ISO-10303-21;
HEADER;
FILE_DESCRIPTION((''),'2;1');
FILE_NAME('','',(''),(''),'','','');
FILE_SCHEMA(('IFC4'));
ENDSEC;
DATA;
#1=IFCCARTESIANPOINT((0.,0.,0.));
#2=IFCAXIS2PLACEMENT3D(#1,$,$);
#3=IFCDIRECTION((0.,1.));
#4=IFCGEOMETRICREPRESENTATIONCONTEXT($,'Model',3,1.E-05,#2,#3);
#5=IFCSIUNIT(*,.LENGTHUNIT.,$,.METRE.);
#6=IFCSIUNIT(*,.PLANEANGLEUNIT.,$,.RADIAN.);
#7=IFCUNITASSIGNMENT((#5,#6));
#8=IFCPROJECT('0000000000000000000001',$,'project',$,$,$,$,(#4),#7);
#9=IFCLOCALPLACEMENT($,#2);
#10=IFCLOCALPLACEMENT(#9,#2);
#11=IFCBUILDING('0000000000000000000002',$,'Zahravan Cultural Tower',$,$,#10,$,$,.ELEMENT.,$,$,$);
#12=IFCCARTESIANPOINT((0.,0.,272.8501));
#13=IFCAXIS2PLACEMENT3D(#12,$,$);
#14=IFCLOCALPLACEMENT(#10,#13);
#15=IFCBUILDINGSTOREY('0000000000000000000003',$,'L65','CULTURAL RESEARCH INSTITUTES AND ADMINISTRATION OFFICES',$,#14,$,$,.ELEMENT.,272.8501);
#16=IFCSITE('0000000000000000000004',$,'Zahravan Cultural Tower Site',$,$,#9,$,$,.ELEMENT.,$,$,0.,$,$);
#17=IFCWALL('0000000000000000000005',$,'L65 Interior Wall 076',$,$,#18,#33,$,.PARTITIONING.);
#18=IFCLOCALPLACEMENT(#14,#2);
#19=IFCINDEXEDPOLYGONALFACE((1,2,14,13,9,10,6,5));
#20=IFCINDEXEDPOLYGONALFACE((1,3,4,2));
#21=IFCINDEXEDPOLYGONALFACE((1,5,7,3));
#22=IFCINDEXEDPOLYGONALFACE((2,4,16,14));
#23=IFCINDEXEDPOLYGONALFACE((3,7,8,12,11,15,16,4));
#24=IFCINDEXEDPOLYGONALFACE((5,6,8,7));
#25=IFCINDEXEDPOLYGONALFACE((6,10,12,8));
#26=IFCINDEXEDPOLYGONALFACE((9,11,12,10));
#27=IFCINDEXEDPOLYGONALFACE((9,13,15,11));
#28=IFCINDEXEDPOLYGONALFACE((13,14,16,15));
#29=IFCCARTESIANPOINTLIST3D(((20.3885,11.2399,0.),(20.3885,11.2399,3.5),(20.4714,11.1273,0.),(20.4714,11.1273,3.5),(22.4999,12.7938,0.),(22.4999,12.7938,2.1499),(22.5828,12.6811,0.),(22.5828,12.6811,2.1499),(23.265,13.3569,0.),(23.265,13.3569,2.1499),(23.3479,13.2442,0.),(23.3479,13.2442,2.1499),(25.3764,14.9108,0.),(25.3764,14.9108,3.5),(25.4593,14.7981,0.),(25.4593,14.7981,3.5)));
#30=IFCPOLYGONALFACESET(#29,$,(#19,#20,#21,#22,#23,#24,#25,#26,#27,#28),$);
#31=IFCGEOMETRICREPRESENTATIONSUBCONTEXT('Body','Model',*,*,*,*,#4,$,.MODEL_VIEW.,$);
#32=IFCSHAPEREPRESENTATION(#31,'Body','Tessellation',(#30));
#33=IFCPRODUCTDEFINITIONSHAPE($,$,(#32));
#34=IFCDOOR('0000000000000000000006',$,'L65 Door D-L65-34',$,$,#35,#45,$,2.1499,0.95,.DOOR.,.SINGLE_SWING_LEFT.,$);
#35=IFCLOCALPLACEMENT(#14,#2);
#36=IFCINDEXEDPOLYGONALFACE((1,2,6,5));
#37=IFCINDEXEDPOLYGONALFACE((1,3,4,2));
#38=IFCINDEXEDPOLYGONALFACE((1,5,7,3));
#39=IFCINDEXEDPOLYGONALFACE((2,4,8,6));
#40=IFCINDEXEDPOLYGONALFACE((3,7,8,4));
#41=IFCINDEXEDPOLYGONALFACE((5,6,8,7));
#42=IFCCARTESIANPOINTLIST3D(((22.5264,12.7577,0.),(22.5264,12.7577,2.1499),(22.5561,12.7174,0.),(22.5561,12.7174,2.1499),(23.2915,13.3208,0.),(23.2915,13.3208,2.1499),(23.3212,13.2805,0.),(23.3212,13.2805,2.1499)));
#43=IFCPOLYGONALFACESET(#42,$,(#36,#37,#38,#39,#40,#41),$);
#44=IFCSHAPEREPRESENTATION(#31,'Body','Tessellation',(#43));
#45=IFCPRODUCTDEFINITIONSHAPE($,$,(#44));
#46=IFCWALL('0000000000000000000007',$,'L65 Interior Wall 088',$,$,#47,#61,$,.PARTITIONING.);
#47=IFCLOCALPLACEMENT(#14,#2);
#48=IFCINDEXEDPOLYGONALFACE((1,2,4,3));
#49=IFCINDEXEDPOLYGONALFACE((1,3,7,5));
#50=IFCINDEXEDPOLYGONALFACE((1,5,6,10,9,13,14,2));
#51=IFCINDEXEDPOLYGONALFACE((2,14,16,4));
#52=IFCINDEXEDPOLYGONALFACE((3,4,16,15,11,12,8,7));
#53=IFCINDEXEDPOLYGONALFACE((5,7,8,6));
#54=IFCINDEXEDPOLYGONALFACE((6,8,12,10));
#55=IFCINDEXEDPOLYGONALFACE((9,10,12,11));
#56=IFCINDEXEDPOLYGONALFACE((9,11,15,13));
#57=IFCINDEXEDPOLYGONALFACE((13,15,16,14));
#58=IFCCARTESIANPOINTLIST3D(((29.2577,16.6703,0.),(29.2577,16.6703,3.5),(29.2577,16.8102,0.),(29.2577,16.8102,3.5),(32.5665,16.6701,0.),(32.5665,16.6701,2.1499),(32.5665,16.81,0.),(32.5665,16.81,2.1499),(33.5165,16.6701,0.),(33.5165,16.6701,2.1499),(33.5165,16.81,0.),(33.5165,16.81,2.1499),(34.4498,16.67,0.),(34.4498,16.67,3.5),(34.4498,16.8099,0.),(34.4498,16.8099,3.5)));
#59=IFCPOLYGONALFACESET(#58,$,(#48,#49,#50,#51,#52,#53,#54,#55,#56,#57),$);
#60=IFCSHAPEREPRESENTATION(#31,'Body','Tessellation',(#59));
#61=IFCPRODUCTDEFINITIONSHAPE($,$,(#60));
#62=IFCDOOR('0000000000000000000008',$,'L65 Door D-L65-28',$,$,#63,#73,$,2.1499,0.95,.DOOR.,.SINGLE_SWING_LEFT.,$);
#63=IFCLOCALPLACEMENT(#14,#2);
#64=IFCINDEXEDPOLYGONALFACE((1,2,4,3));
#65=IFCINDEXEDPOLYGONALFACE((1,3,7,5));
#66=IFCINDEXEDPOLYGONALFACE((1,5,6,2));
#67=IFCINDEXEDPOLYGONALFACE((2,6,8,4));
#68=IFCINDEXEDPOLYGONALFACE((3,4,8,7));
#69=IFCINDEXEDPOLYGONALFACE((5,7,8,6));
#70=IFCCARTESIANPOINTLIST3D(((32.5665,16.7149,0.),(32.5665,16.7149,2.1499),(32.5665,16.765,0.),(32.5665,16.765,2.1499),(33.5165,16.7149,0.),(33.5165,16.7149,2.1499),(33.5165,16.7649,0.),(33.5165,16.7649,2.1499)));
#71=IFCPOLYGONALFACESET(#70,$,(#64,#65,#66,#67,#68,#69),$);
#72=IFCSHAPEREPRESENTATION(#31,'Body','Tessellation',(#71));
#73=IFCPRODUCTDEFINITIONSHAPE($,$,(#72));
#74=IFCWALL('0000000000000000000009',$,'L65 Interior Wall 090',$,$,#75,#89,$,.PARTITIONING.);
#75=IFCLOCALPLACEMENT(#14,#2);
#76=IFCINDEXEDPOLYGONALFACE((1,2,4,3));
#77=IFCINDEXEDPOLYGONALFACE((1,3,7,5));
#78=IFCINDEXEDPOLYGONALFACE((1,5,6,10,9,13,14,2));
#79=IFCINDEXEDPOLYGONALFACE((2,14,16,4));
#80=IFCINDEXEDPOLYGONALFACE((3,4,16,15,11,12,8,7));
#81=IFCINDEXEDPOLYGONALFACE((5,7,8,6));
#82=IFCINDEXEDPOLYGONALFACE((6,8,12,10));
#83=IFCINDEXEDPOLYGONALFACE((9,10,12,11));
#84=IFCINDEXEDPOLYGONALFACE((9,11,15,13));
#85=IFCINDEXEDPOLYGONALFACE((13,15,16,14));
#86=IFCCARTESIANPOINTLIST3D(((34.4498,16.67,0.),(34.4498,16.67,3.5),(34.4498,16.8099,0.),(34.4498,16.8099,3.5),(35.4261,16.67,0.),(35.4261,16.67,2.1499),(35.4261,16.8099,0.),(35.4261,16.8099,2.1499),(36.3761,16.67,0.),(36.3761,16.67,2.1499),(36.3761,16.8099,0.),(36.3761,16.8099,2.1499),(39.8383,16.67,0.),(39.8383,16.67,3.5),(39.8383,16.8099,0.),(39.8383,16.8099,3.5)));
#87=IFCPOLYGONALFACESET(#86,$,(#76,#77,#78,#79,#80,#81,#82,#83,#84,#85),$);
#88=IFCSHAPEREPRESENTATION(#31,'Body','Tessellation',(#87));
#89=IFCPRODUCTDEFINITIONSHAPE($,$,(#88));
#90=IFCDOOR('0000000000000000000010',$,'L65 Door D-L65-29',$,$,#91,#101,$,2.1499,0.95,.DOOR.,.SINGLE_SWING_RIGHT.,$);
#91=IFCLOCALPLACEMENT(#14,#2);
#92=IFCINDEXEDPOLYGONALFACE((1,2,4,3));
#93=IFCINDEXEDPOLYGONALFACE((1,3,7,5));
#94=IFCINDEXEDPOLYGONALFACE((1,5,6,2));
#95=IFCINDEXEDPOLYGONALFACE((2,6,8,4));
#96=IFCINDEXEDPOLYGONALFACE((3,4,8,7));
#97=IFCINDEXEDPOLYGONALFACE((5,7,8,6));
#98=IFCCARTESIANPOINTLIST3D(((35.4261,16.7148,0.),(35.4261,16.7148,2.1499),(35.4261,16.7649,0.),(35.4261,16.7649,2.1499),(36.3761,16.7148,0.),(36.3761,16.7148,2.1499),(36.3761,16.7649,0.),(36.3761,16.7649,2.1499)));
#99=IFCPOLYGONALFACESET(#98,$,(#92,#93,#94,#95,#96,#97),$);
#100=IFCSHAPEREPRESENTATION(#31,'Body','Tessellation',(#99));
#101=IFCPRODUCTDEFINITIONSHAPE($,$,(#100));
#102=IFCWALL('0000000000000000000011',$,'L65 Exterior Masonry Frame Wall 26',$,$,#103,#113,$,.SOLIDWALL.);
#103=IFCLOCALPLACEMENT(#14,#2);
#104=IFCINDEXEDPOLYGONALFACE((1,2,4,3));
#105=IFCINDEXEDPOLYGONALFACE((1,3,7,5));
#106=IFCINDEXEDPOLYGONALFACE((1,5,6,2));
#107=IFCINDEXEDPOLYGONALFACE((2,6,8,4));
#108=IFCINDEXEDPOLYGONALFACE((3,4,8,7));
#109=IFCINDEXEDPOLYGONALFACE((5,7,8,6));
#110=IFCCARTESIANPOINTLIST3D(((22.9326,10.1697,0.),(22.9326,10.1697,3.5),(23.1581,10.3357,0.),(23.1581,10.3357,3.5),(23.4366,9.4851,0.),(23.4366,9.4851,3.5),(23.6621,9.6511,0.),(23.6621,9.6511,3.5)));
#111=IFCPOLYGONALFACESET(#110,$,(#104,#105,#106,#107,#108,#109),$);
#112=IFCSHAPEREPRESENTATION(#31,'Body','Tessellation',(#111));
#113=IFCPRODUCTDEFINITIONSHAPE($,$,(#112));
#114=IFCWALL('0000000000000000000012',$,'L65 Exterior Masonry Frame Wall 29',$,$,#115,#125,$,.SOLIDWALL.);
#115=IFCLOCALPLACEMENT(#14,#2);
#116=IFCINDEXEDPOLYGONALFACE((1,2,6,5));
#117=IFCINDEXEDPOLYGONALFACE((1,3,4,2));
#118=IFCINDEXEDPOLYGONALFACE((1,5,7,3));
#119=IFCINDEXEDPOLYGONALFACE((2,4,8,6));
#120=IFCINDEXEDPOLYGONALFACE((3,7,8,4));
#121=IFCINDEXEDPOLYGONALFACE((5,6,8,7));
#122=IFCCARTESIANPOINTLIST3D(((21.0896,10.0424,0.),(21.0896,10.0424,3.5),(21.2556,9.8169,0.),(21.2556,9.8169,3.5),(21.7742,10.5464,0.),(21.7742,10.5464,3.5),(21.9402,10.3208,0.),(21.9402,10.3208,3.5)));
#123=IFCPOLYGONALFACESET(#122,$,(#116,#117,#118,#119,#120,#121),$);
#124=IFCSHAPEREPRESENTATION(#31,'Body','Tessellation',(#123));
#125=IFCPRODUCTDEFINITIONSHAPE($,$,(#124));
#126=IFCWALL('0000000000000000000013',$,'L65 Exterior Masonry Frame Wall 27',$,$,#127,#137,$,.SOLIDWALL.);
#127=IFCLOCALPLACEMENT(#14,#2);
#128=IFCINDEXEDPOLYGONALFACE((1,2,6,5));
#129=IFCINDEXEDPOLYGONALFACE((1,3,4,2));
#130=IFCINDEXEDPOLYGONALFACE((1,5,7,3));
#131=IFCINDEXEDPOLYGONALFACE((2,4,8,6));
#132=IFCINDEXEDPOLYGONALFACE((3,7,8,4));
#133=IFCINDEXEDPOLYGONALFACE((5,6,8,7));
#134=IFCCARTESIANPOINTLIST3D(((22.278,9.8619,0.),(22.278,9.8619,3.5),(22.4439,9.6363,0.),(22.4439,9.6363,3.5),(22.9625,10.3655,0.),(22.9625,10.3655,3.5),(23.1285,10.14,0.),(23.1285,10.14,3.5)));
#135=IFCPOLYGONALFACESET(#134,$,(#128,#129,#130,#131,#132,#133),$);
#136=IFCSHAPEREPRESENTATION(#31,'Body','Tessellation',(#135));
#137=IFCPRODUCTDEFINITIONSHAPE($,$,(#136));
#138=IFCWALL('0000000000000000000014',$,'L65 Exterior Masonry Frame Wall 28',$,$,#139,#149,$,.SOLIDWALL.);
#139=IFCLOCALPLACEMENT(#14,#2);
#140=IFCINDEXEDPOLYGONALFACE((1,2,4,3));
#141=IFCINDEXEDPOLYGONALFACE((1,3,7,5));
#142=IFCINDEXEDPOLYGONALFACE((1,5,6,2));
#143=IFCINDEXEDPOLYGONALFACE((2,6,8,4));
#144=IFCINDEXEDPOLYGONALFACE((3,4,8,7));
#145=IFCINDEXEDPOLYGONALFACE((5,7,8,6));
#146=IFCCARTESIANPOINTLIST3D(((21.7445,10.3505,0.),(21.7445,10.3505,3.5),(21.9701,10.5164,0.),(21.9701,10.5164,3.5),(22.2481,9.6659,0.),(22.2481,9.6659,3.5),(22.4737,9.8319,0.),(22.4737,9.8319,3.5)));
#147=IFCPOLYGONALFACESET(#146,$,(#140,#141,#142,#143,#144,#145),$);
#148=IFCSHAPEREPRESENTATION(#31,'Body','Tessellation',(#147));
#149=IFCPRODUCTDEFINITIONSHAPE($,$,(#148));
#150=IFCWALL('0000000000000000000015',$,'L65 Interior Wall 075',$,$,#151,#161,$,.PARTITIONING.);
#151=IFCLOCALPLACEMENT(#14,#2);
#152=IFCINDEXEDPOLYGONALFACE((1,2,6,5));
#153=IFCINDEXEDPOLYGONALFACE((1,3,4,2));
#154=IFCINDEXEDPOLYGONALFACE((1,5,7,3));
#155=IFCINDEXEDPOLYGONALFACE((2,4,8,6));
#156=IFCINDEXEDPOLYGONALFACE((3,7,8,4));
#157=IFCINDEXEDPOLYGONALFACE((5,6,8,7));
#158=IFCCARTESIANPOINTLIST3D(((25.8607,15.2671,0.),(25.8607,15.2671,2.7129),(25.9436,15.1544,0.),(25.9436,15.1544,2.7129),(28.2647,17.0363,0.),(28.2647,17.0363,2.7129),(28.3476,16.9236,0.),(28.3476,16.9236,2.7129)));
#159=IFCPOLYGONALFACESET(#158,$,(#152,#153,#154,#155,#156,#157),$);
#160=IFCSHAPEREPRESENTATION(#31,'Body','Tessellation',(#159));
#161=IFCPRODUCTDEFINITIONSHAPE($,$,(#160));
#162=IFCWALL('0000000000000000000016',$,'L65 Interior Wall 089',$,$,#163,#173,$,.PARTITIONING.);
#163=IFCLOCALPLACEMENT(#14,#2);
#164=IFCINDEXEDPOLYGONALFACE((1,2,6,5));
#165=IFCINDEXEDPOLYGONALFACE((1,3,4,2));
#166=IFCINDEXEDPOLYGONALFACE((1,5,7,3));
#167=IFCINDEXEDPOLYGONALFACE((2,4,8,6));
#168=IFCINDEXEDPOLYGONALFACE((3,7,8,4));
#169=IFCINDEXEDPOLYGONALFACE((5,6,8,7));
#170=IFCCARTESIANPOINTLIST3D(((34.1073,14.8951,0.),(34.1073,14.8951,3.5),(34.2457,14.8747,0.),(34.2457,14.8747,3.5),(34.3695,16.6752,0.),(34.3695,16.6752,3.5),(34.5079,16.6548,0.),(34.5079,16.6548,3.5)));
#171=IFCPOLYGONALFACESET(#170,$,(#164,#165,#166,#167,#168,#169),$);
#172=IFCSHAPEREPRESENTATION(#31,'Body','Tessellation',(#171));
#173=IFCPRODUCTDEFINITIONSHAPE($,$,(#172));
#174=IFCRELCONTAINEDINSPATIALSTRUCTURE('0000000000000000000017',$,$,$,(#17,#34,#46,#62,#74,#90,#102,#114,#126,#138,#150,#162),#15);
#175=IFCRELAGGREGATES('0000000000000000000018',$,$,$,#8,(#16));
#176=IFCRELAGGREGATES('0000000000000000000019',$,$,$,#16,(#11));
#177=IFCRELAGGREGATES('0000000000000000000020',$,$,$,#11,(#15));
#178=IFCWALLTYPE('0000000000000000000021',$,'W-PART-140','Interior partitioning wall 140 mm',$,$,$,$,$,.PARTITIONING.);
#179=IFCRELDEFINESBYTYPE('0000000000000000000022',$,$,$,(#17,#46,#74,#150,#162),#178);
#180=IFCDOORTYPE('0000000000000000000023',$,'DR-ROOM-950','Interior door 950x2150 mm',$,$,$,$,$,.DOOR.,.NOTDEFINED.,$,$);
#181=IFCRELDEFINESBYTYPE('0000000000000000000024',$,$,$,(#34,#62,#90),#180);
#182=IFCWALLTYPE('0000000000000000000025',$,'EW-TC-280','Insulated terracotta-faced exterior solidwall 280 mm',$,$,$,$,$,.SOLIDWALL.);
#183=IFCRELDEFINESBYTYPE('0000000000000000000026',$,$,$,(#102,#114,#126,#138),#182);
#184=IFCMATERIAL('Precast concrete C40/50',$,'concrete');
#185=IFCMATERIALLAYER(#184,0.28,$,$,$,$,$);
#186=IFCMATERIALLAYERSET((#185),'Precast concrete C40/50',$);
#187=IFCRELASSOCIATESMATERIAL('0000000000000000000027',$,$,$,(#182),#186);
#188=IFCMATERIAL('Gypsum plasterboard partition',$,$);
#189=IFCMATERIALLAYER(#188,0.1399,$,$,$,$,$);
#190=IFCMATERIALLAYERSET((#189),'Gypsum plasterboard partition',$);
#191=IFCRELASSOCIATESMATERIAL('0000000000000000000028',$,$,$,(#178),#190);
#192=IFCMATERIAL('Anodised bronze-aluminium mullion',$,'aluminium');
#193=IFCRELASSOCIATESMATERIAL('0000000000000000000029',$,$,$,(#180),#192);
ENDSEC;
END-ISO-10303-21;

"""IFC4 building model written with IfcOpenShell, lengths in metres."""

from ifc_helpers import new_model, si_unit, direction, frame, frame_2d, origin, place, context, subcontext, project, spatial, rectangle, extrude, source, transform, mapped, material, layer, layer_set, type_object, element, fill, save


model = new_model("IFC4")

# Units and contexts
model_context = context("Model", 3, precision=1e-05, world=origin(), true_north=direction((0.0, 1.0)))
body_context = subcontext(model_context, "Body", "Model", "MODEL_VIEW")
ifc_project = project(units=[si_unit("LENGTHUNIT", "METRE"), si_unit("PLANEANGLEUNIT", "RADIAN")], contexts=[model_context])

# Site, building, storey
site_placement = place(None, origin())
site = spatial("IfcSite", under=ifc_project, at=site_placement, Name="Zahravan Cultural Tower Site", CompositionType="ELEMENT", RefElevation=0.0)
building_placement = place(site_placement, origin())
building = spatial("IfcBuilding", under=site, at=building_placement, Name="Zahravan Cultural Tower", CompositionType="ELEMENT")
storey_placement = place(building_placement, frame((0.0, 0.0, 272.8501)))
storey = spatial("IfcBuildingStorey", under=building, at=storey_placement, Name="L65", Description="CULTURAL RESEARCH INSTITUTES AND ADMINISTRATION OFFICES", CompositionType="ELEMENT", Elevation=272.8501)

# Shared definitions
ifc_material_1 = material(Name="Precast concrete C40/50", Category="concrete")
ifc_layer_1 = layer(ifc_material_1, 0.28)
ifc_layer_set_1 = layer_set([ifc_layer_1], Name="Precast concrete C40/50")
wall_type_1 = type_object("IfcWallType", Name="EW-TC-280", Description="Insulated terracotta-faced exterior solidwall 280 mm", PredefinedType="SOLIDWALL", material=ifc_layer_set_1)

# Walls, openings, doors
ifc_material_2 = material(Name="Gypsum plasterboard partition")
ifc_layer_2 = layer(ifc_material_2, 0.1399)
ifc_layer_set_2 = layer_set([ifc_layer_2], Name="Gypsum plasterboard partition")
wall_type_2 = type_object("IfcWallType", Name="W-PART-140", Description="Interior partitioning wall 140 mm", PredefinedType="PARTITIONING", material=ifc_layer_set_2)
wall_1_placement = place(storey_placement, frame((25.418, 14.8545, 0.0), z_axis=(0.0, 0.0, 1.0), x_axis=(-0.805402, -0.592728, 0.0)))
wall_1 = element("IfcWall", 1, at=wall_1_placement, inside=storey, type_object=wall_type_2, Name="L65 Interior Wall 076", PredefinedType="PARTITIONING", context=body_context, shape_type="SweptSolid", body=[
    extrude(rectangle(XDim=6.1931, YDim=0.1399, at=frame_2d((3.0967, 0.0))), origin(), (0.0, 0.0, 1.0), 3.5),
])
opening_1_placement = place(wall_1_placement, frame((2.6216, 0.0, 0.0)))
opening_1 = element("IfcOpeningElement", 2, at=opening_1_placement, cuts=wall_1, PredefinedType="OPENING", context=body_context, shape_type="SweptSolid", body=[
    extrude(rectangle(XDim=0.95, YDim=2.1499, at=frame_2d((0.4751, 1.075))), frame((0.0, 0.0798, 0.0), z_axis=(0.0, -1.0, 0.0), x_axis=(1.0, 0.0, 0.0)), (0.0, 0.0, 1.0), 0.1599),
])
ifc_material_3 = material(Name="Anodised bronze-aluminium mullion", Category="aluminium")
door_type = type_object("IfcDoorType", Name="DR-ROOM-950", Description="Interior door 950x2150 mm", OperationType="NOTDEFINED", PredefinedType="DOOR", material=ifc_material_3)
shared_shape_1 = source(origin(), body_context, "Body", "SweptSolid", [
    extrude(rectangle(XDim=0.95, YDim=2.1499, at=frame_2d((0.4751, 1.075))), frame((0.0, 0.0249, 0.0), z_axis=(0.0, -1.0, 0.0), x_axis=(1.0, 0.0, 0.0)), (0.0, 0.0, 1.0), 0.05),
])
door_1_placement = place(opening_1_placement, origin())
door_1 = element("IfcDoor", 3, at=door_1_placement, inside=storey, type_object=door_type, Name="L65 Door D-L65-34", OperationType="SINGLE_SWING_LEFT", OverallHeight=2.1499, OverallWidth=0.95, PredefinedType="DOOR", context=body_context, shape_type="MappedRepresentation", body=[
    mapped(shared_shape_1, transform((0.0, 0.0, 0.0), x_axis=(1.0, 0.0, 0.0), y_axis=(0.0, 1.0, 0.0), z_axis=(0.0, 0.0, 1.0), scale=1.0)),
])
fill(opening_1, door_1)
wall_2_placement = place(storey_placement, frame((29.2576, 16.7402, 0.0), z_axis=(0.0, 0.0, 1.0), x_axis=(1.0, -0.000047, 0.0)))
wall_2 = element("IfcWall", 4, at=wall_2_placement, inside=storey, type_object=wall_type_2, Name="L65 Interior Wall 088", PredefinedType="PARTITIONING", context=body_context, shape_type="SweptSolid", body=[
    extrude(rectangle(XDim=5.1921, YDim=0.1399, at=frame_2d((2.5962, 0.0))), origin(), (0.0, 0.0, 1.0), 3.5),
])
opening_2_placement = place(wall_2_placement, frame((3.3088, 0.0, 0.0)))
opening_2 = element("IfcOpeningElement", 5, at=opening_2_placement, cuts=wall_2, PredefinedType="OPENING", context=body_context, shape_type="SweptSolid", body=[
    extrude(rectangle(XDim=0.95, YDim=2.1499, at=frame_2d((0.4751, 1.075))), frame((0.0, 0.0798, 0.0), z_axis=(0.0, -1.0, 0.0), x_axis=(1.0, 0.0, 0.0)), (0.0, 0.0, 1.0), 0.1599),
])
door_2_placement = place(opening_2_placement, origin())
door_2 = element("IfcDoor", 6, at=door_2_placement, inside=storey, type_object=door_type, Name="L65 Door D-L65-28", OperationType="SINGLE_SWING_LEFT", OverallHeight=2.1499, OverallWidth=0.95, PredefinedType="DOOR", context=body_context, shape_type="MappedRepresentation", body=[
    mapped(shared_shape_1, transform((0.0, 0.0, 0.0), x_axis=(1.0, 0.0, 0.0), y_axis=(0.0, 1.0, 0.0), z_axis=(0.0, 0.0, 1.0), scale=1.0)),
])
fill(opening_2, door_2)
wall_3_placement = place(storey_placement, frame((34.4497, 16.74, 0.0), z_axis=(0.0, 0.0, 1.0), x_axis=(1.0, 0.0, 0.0)))
wall_3 = element("IfcWall", 7, at=wall_3_placement, inside=storey, type_object=wall_type_2, Name="L65 Interior Wall 090", PredefinedType="PARTITIONING", context=body_context, shape_type="SweptSolid", body=[
    extrude(rectangle(XDim=5.3884, YDim=0.1399, at=frame_2d((2.6943, 0.0))), origin(), (0.0, 0.0, 1.0), 3.5),
])
opening_3_placement = place(wall_3_placement, frame((0.9763, 0.0, 0.0)))
opening_3 = element("IfcOpeningElement", 8, at=opening_3_placement, cuts=wall_3, PredefinedType="OPENING", context=body_context, shape_type="SweptSolid", body=[
    extrude(rectangle(XDim=0.95, YDim=2.1499, at=frame_2d((0.4751, 1.075))), frame((0.0, 0.0798, 0.0), z_axis=(0.0, -1.0, 0.0), x_axis=(1.0, 0.0, 0.0)), (0.0, 0.0, 1.0), 0.1599),
])
door_3_placement = place(opening_3_placement, origin())
door_3 = element("IfcDoor", 9, at=door_3_placement, inside=storey, type_object=door_type, Name="L65 Door D-L65-29", OperationType="SINGLE_SWING_RIGHT", OverallHeight=2.1499, OverallWidth=0.95, PredefinedType="DOOR", context=body_context, shape_type="MappedRepresentation", body=[
    mapped(shared_shape_1, transform((0.0, 0.0, 0.0), x_axis=(1.0, 0.0, 0.0), y_axis=(0.0, 1.0, 0.0), z_axis=(0.0, 0.0, 1.0), scale=1.0)),
])
fill(opening_3, door_3)

# Walls
shared_shape_2 = source(origin(), body_context, "Body", "SweptSolid", [
    extrude(rectangle(XDim=0.8501, YDim=0.28, at=frame_2d((0.425, 0.0))), origin(), (0.0, 0.0, 1.0), 3.5),
])
for number, where, z_axis, x_axis, name in (
    (10, (23.5493, 9.5681, 0.0), (0.0, 0.0, 1.0), (-0.592807, 0.805345, 0.0), "L65 Exterior Masonry Frame Wall 26"),
    (11, (21.8572, 10.4336, 0.0), (0.0, 0.0, 1.0), (-0.805345, -0.592807, 0.0), "L65 Exterior Masonry Frame Wall 29"),
):
    element("IfcWall", number, at=place(storey_placement, frame(where, z_axis=z_axis, x_axis=x_axis)), inside=storey, type_object=wall_type_1, Name=name, PredefinedType="SOLIDWALL", context=body_context, shape_type="MappedRepresentation", body=[
        mapped(shared_shape_2, transform((0.0, 0.0, 0.0), x_axis=(1.0, 0.0, 0.0), y_axis=(0.0, 1.0, 0.0), z_axis=(0.0, 0.0, 1.0), scale=1.0)),
    ])
shared_shape_3 = source(origin(), body_context, "Body", "SweptSolid", [
    extrude(rectangle(XDim=0.8499, YDim=0.28, at=frame_2d((0.4248, 0.0))), origin(), (0.0, 0.0, 1.0), 3.5),
])
for number, where, z_axis, x_axis, name in (
    (12, (23.0454, 10.2527, 0.0), (0.0, 0.0, 1.0), (-0.805482, -0.592621, 0.0), "L65 Exterior Masonry Frame Wall 27"),
    (13, (22.3608, 9.749, 0.0), (0.0, 0.0, 1.0), (-0.592621, 0.805482, 0.0), "L65 Exterior Masonry Frame Wall 28"),
):
    element("IfcWall", number, at=place(storey_placement, frame(where, z_axis=z_axis, x_axis=x_axis)), inside=storey, type_object=wall_type_1, Name=name, PredefinedType="SOLIDWALL", context=body_context, shape_type="MappedRepresentation", body=[
        mapped(shared_shape_3, transform((0.0, 0.0, 0.0), x_axis=(1.0, 0.0, 0.0), y_axis=(0.0, 1.0, 0.0), z_axis=(0.0, 0.0, 1.0), scale=1.0)),
    ])
shared_shape_4 = source(origin(), body_context, "Body", "SweptSolid", [
    extrude(rectangle(XDim=2.9849, YDim=0.1399, at=frame_2d((1.4924, 0.0))), origin(), (0.0, 0.0, 1.0), 2.7129),
])
wall_4_placement = place(storey_placement, frame((28.3062, 16.98, 0.0), z_axis=(0.0, 0.0, 1.0), x_axis=(-0.805395, -0.592739, 0.0)))
element("IfcWall", 14, at=wall_4_placement, inside=storey, type_object=wall_type_2, Name="L65 Interior Wall 075", PredefinedType="PARTITIONING", context=body_context, shape_type="MappedRepresentation", body=[
    mapped(shared_shape_4, transform((0.0, 0.0, 0.0), x_axis=(1.0, 0.0, 0.0), y_axis=(0.0, 1.0, 0.0), z_axis=(0.0, 0.0, 1.0), scale=1.0)),
])
shared_shape_5 = source(origin(), body_context, "Body", "SweptSolid", [
    extrude(rectangle(XDim=1.7993, YDim=0.1399, at=frame_2d((0.8997, 0.0))), origin(), (0.0, 0.0, 1.0), 3.5),
])
wall_5_placement = place(storey_placement, frame((34.4387, 16.665, 0.0), z_axis=(0.0, 0.0, 1.0), x_axis=(-0.145732, -0.989324, 0.0)))
element("IfcWall", 15, at=wall_5_placement, inside=storey, type_object=wall_type_2, Name="L65 Interior Wall 089", PredefinedType="PARTITIONING", context=body_context, shape_type="MappedRepresentation", body=[
    mapped(shared_shape_5, transform((0.0, 0.0, 0.0), x_axis=(1.0, 0.0, 0.0), y_axis=(0.0, 1.0, 0.0), z_axis=(0.0, 0.0, 1.0), scale=1.0)),
])

save(model, "model.ifc")
